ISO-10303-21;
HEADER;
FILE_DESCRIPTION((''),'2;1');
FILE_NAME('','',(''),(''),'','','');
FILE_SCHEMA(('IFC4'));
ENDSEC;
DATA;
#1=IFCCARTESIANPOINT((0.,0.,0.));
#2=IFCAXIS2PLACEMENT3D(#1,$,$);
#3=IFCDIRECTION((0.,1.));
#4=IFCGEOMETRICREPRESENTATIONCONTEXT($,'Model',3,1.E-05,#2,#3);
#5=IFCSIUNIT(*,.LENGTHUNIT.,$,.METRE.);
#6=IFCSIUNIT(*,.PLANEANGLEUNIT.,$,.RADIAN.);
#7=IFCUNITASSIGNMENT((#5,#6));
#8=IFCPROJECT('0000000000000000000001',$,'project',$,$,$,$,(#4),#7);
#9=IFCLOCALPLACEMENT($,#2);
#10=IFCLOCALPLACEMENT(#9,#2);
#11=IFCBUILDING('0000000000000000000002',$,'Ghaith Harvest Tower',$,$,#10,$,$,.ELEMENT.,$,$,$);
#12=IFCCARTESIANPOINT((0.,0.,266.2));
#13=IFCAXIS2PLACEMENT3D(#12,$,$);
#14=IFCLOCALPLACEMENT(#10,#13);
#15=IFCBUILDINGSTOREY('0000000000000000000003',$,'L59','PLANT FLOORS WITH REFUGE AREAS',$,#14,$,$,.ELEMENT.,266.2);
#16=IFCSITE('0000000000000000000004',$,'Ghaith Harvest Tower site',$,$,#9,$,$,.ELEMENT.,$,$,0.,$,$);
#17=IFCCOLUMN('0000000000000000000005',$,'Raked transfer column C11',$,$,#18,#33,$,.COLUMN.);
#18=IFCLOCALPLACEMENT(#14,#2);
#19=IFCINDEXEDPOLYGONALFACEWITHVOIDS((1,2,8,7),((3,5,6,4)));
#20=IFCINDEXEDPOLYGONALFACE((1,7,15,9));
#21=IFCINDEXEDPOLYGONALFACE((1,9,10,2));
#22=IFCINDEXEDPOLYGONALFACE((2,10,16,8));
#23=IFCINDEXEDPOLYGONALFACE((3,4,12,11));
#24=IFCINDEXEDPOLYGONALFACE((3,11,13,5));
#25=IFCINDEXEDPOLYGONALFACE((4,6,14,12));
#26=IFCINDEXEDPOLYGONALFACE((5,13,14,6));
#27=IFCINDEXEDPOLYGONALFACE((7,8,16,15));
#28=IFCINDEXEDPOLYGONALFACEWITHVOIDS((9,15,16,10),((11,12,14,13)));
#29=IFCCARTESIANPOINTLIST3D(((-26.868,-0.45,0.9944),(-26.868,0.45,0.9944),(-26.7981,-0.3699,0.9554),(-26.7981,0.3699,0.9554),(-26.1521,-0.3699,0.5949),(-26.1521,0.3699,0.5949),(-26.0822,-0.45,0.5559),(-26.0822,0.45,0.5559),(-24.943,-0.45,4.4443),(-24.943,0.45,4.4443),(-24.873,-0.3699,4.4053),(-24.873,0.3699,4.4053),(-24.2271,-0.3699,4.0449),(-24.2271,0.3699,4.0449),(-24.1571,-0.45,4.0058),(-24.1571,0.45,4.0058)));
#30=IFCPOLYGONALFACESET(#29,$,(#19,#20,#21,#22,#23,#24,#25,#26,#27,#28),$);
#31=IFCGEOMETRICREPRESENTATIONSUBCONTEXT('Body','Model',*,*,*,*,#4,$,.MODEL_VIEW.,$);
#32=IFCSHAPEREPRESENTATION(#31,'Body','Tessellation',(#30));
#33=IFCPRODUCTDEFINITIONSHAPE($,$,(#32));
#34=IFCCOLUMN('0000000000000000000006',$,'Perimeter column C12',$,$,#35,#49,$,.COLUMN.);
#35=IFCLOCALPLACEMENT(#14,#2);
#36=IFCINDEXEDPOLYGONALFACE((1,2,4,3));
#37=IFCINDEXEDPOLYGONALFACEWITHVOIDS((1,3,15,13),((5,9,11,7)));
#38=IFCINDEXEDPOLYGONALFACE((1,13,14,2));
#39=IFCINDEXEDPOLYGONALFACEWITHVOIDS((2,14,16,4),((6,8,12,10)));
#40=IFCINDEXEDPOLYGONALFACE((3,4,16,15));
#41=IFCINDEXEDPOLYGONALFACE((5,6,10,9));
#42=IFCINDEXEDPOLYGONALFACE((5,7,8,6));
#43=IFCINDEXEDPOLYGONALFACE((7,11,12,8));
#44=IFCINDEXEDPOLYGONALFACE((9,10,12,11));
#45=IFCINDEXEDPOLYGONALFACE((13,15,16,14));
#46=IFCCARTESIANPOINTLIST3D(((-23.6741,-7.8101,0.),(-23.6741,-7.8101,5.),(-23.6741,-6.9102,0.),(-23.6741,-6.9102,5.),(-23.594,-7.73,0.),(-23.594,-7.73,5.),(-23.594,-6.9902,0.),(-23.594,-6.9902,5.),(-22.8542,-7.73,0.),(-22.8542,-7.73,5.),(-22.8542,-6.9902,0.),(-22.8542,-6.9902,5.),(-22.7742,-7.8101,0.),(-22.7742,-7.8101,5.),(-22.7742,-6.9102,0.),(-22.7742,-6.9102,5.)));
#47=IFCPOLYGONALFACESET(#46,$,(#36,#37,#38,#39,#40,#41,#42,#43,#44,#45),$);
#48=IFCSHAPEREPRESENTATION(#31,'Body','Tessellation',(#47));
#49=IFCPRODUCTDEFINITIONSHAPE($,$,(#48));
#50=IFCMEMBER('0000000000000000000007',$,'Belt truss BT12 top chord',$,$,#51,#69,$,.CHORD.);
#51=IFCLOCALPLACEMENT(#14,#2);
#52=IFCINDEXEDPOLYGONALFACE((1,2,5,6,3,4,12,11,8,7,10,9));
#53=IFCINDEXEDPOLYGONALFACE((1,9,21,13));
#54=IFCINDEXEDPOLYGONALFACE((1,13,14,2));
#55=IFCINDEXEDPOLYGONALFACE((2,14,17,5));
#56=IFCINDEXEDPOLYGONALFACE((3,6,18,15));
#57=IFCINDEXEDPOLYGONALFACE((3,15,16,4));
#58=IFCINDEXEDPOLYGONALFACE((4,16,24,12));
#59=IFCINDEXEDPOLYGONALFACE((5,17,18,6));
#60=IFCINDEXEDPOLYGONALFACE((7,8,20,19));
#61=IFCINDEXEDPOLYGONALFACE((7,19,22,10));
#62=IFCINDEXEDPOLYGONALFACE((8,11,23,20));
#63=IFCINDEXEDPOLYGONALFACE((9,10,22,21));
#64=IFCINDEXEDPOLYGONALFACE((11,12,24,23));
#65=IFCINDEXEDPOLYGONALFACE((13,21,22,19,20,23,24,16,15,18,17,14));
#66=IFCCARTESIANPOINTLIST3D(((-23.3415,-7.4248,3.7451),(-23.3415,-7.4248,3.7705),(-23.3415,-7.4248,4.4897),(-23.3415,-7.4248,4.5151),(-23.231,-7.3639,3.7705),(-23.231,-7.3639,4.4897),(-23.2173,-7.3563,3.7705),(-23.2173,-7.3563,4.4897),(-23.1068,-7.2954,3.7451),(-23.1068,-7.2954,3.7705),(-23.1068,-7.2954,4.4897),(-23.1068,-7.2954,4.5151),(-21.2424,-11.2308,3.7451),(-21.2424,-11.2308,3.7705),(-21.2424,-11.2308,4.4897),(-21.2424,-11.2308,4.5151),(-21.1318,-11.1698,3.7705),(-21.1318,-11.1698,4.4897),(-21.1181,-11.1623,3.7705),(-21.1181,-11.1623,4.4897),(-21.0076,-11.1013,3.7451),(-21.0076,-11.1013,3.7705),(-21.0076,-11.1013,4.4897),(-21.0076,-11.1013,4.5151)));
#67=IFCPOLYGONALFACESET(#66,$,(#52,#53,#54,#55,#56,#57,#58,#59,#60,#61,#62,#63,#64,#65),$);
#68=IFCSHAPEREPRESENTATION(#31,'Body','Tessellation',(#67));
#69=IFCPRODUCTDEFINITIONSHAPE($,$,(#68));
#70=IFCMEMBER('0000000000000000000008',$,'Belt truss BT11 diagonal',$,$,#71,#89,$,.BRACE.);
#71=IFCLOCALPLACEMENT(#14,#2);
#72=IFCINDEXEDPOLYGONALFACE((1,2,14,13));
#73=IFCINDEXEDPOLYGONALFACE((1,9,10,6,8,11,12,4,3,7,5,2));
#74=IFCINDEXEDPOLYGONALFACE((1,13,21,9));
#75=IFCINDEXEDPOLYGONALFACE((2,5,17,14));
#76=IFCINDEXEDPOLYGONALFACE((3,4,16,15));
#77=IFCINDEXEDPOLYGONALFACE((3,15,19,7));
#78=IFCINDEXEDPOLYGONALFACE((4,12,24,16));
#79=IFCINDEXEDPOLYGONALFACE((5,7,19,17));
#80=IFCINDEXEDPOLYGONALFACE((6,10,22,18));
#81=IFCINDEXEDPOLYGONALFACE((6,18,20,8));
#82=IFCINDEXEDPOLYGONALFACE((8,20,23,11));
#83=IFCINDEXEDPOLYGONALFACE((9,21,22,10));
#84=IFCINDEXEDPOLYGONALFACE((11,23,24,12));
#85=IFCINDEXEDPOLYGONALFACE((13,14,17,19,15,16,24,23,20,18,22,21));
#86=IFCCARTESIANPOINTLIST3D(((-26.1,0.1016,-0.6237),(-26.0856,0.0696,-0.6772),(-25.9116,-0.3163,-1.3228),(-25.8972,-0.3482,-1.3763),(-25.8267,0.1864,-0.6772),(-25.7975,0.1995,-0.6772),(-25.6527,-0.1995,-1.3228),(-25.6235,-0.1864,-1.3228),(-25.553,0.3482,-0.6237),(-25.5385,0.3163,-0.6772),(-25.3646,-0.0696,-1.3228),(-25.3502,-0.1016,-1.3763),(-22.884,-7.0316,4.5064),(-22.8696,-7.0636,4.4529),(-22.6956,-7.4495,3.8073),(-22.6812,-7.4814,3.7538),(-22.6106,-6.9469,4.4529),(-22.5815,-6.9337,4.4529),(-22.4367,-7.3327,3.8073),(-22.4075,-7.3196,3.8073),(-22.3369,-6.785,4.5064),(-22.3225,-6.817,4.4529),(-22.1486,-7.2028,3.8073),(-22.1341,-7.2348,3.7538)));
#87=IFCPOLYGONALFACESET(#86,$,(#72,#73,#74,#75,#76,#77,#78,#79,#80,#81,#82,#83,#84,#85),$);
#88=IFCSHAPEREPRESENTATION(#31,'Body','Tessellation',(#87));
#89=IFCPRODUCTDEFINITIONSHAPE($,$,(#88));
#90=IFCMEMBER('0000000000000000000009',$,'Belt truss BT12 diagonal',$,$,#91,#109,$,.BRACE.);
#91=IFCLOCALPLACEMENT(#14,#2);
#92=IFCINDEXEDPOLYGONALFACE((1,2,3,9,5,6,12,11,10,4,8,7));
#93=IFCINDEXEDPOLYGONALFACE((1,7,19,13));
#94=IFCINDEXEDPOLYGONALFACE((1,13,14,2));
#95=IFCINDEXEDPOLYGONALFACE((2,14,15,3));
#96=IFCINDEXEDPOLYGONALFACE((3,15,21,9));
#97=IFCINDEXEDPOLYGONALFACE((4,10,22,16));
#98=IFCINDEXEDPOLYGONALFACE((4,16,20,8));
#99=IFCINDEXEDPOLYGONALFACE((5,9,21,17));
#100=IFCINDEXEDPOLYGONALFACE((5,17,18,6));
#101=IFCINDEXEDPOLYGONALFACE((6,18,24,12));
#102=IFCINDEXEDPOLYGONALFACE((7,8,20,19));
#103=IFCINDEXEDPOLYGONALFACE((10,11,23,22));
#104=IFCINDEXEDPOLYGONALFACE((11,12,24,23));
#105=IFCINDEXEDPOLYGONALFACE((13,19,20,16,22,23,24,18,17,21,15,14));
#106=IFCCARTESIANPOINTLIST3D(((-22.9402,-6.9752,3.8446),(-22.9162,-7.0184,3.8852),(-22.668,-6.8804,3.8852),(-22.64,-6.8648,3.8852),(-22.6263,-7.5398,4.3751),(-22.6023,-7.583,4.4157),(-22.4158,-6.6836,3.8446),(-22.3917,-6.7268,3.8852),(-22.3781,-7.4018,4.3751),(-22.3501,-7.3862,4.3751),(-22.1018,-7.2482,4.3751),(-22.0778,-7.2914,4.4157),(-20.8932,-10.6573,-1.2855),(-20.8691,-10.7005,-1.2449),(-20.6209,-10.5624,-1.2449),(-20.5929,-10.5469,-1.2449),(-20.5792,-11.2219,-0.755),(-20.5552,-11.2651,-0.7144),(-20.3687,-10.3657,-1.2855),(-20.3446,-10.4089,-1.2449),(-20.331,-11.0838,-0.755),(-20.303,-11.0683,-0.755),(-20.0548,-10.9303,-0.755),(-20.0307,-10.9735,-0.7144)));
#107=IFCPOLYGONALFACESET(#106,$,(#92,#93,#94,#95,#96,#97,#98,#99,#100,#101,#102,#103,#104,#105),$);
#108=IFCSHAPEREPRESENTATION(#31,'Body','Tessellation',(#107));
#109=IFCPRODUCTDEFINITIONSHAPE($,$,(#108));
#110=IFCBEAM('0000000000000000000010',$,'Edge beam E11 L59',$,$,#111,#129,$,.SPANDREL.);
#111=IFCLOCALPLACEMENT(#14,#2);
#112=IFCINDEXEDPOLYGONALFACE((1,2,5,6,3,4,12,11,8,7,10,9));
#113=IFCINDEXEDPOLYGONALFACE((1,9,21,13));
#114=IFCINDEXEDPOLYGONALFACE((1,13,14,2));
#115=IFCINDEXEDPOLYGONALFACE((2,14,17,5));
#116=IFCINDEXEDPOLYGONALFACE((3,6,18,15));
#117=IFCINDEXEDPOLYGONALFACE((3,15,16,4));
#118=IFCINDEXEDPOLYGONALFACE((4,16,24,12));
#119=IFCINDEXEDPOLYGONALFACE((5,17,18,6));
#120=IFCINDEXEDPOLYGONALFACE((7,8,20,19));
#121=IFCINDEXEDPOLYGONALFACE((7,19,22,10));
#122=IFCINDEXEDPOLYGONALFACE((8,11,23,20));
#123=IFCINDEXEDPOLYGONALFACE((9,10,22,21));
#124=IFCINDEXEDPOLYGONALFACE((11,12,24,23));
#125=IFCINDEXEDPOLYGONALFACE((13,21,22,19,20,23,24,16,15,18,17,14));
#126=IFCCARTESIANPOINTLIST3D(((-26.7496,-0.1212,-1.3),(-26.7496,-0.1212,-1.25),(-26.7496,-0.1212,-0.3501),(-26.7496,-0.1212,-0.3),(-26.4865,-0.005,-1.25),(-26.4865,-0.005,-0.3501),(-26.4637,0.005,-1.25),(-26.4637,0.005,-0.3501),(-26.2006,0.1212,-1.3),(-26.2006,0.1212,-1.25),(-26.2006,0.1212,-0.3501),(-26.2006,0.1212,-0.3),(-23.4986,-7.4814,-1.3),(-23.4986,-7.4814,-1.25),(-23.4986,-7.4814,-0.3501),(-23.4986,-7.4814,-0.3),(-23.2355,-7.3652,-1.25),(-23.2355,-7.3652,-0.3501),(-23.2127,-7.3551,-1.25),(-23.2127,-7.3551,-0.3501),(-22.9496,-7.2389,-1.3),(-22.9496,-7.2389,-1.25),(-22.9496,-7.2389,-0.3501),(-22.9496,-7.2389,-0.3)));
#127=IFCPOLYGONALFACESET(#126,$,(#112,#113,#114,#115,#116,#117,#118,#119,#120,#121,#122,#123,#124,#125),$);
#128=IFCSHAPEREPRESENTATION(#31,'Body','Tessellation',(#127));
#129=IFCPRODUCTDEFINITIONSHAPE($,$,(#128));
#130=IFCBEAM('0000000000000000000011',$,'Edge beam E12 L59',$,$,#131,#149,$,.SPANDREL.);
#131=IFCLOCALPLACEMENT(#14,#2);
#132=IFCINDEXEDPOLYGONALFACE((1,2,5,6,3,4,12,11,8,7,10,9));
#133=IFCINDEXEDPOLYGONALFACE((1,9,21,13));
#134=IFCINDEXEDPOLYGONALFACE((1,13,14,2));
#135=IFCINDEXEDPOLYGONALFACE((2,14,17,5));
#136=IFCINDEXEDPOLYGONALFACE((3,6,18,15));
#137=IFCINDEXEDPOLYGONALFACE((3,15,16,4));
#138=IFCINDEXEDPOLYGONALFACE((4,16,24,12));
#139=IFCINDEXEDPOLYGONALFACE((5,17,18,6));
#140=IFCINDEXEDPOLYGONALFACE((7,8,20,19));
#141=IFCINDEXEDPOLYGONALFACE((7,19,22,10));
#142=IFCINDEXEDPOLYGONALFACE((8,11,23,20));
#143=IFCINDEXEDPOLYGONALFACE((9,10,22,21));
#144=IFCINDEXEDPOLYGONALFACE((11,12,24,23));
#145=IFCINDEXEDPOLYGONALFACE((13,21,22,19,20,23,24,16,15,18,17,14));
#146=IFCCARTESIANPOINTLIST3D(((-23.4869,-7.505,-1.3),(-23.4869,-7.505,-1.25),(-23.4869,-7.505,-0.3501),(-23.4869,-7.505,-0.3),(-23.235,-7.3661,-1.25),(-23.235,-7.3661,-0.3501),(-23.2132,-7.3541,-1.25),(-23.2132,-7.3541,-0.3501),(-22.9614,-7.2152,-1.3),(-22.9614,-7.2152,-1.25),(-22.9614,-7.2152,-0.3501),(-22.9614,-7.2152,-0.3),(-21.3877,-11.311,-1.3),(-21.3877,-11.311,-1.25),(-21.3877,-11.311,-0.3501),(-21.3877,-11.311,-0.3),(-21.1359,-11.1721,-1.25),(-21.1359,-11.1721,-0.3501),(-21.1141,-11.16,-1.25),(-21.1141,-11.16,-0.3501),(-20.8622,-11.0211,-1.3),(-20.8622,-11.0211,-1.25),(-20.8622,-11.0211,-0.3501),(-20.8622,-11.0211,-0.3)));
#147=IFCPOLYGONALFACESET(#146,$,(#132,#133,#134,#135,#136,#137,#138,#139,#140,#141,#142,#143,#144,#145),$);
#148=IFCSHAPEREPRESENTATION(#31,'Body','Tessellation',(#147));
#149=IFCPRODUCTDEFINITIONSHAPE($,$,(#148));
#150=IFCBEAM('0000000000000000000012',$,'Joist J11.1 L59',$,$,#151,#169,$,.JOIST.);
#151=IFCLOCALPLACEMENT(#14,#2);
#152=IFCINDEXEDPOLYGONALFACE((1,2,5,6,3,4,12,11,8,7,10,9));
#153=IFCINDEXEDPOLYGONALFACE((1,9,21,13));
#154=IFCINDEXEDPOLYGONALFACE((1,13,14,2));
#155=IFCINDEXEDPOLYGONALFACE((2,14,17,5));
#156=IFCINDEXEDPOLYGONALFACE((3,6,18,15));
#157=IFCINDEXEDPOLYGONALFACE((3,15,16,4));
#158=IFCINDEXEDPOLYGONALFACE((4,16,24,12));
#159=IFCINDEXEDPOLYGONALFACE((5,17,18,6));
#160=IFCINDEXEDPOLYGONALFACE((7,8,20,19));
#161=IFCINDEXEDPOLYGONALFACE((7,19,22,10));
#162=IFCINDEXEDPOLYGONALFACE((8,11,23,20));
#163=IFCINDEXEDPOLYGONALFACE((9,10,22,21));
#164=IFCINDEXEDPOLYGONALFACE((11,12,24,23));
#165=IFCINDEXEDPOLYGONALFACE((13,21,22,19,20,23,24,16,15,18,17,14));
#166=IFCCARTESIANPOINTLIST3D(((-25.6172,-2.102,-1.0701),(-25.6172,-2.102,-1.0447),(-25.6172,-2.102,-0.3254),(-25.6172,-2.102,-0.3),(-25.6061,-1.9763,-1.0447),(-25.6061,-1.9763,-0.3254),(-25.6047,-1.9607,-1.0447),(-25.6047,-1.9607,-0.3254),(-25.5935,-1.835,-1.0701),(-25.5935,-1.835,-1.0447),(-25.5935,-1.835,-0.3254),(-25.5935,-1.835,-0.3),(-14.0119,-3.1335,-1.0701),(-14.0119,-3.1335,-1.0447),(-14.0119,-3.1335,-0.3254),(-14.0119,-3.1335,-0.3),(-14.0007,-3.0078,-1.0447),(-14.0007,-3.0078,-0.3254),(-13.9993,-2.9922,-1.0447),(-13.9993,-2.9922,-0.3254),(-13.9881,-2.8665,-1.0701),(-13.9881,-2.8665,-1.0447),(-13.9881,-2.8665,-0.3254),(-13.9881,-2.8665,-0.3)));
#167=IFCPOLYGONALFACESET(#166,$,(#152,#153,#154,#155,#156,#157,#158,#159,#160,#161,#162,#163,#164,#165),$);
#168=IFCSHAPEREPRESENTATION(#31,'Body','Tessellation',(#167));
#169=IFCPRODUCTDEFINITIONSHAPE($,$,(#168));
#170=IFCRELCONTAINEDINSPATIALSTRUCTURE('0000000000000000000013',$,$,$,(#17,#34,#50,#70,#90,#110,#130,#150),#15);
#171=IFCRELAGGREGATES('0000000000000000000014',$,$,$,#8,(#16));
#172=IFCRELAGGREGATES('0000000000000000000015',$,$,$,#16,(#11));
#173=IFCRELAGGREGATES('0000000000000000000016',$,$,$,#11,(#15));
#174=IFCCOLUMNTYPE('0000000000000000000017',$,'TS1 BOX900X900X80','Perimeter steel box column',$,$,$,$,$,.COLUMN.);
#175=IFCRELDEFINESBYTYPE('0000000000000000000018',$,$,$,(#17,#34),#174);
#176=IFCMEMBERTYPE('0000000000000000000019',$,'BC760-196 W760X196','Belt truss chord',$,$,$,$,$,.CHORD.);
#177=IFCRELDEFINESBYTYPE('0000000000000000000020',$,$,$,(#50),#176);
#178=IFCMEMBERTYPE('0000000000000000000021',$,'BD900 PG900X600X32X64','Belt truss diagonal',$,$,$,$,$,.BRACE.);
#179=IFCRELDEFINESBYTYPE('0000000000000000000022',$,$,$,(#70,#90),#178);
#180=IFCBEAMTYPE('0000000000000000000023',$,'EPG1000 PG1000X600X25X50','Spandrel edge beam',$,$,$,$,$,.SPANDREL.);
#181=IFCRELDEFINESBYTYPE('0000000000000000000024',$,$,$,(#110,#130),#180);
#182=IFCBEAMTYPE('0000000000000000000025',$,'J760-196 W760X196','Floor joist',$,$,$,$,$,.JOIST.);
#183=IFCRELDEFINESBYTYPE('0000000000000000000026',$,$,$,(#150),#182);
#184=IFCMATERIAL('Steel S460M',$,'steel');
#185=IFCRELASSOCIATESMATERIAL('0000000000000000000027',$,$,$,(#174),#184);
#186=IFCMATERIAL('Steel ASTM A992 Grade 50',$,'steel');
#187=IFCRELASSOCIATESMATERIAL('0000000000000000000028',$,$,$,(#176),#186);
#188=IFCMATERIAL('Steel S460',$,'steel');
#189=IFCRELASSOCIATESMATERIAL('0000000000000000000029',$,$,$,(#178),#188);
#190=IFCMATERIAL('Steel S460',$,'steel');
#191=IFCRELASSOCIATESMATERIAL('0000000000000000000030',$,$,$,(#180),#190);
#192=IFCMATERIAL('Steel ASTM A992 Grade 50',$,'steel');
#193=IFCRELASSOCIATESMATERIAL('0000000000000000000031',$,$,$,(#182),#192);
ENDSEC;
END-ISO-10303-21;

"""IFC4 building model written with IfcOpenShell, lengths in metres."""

from ifc_helpers import new_model, si_unit, direction, frame, origin, origin_2d, place, context, subcontext, project, spatial, hollow_rectangle, i_section, extrude, material, material_profile, profile_set, type_object, element, save


model = new_model("IFC4")

# Units and contexts
model_context = context("Model", 3, precision=1e-05, world=origin(), true_north=direction((0.0, 1.0)))
body_context = subcontext(model_context, "Body", "Model", "MODEL_VIEW")
ifc_project = project(units=[si_unit("LENGTHUNIT", "METRE"), si_unit("PLANEANGLEUNIT", "RADIAN")], contexts=[model_context])

# Site, building, storey
site_placement = place(None, origin())
site = spatial("IfcSite", under=ifc_project, at=site_placement, Name="Ghaith Harvest Tower site", CompositionType="ELEMENT", RefElevation=0.0)
building_placement = place(site_placement, origin())
building = spatial("IfcBuilding", under=site, at=building_placement, Name="Ghaith Harvest Tower", CompositionType="ELEMENT")
storey_placement = place(building_placement, frame((0.0, 0.0, 266.2)))
storey = spatial("IfcBuildingStorey", under=building, at=storey_placement, Name="L59", Description="PLANT FLOORS WITH REFUGE AREAS", CompositionType="ELEMENT", Elevation=266.2)

# Columns
ifc_material_1 = material(Name="Steel S460M", Category="steel")
ifc_material_profile_1 = material_profile(ifc_material_1, hollow_rectangle(XDim=0.8999, YDim=0.8999, WallThickness=0.0801, at=origin_2d()), Name="BOX900X900X80")
ifc_profile_set_1 = profile_set([ifc_material_profile_1], Name="Steel S460M")
column_type = type_object("IfcColumnType", Name="TS1 BOX900X900X80", Description="Perimeter steel box column", PredefinedType="COLUMN", material=ifc_profile_set_1)
column_1_placement = place(storey_placement, frame((-26.4751, 0.0, 0.7751), z_axis=(0.487269, 0.0, 0.873252), x_axis=(0.0, 1.0, 0.0)))
element("IfcColumn", 1, at=column_1_placement, inside=storey, type_object=column_type, Name="Raked transfer column C11", PredefinedType="COLUMN", context=body_context, shape_type="SweptSolid", body=[
    extrude(hollow_rectangle(XDim=0.8999, YDim=0.8999, WallThickness=0.0801, at=origin_2d()), origin(), (0.0, 0.0, 1.0), 3.9507),
])
column_2_placement = place(storey_placement, frame((-23.2241, -7.3601, 0.0), z_axis=(0.0, 0.0, 1.0), x_axis=(1.0, 0.0, 0.0)))
element("IfcColumn", 2, at=column_2_placement, inside=storey, type_object=column_type, Name="Perimeter column C12", PredefinedType="COLUMN", context=body_context, shape_type="SweptSolid", body=[
    extrude(hollow_rectangle(XDim=0.8999, YDim=0.8999, WallThickness=0.0801, at=origin_2d()), origin(), (0.0, 0.0, 1.0), 5.0),
])

# Members
ifc_material_2 = material(Name="Steel ASTM A992 Grade 50", Category="steel")
ifc_material_profile_2 = material_profile(ifc_material_2, i_section(OverallWidth=0.2681, OverallDepth=0.77, WebThickness=0.0156, FlangeThickness=0.0254, at=origin_2d()), Name="W760X196")
ifc_profile_set_2 = profile_set([ifc_material_profile_2], Name="Steel ASTM A992 Grade 50")
member_type_1 = type_object("IfcMemberType", Name="BC760-196 W760X196", Description="Belt truss chord", PredefinedType="CHORD", material=ifc_profile_set_2)
member_1_placement = place(storey_placement, frame((-23.2241, -7.3601, 4.1301), z_axis=(0.482956, -0.875645, 0.0), x_axis=(0.875645, 0.482956, 0.0)))
element("IfcMember", 3, at=member_1_placement, inside=storey, type_object=member_type_1, Name="Belt truss BT12 top chord", PredefinedType="CHORD", context=body_context, shape_type="SweptSolid", body=[
    extrude(i_section(OverallWidth=0.2681, OverallDepth=0.77, WebThickness=0.0156, FlangeThickness=0.0254, at=origin_2d()), origin(), (0.0, 0.0, 1.0), 4.3464),
])
ifc_material_3 = material(Name="Steel S460", Category="steel")
ifc_material_profile_3 = material_profile(ifc_material_3, i_section(OverallWidth=0.6001, OverallDepth=0.8999, WebThickness=0.032, FlangeThickness=0.064, at=origin_2d()), Name="PG900X600X32X64")
ifc_profile_set_3 = profile_set([ifc_material_profile_3], Name="Steel S460")
member_type_2 = type_object("IfcMemberType", Name="BD900 PG900X600X32X64", Description="Belt truss diagonal", PredefinedType="BRACE", material=ifc_profile_set_3)
member_2_placement = place(storey_placement, frame((-25.7251, 0.0, -1.0), z_axis=(0.343723, -0.762385, 0.548292), x_axis=(0.911631, 0.411011, 0.0)))
element("IfcMember", 4, at=member_2_placement, inside=storey, type_object=member_type_2, Name="Belt truss BT11 diagonal", PredefinedType="BRACE", context=body_context, shape_type="SweptSolid", body=[
    extrude(i_section(OverallWidth=0.6001, OverallDepth=0.8999, WebThickness=0.032, FlangeThickness=0.064, at=origin_2d()), origin(), (0.0, 0.0, 1.0), 9.3564),
])
member_3_placement = place(storey_placement, frame((-22.509, -7.1333, 4.1301), z_axis=(0.30838, -0.55468, -0.772808), x_axis=(0.874007, 0.485914, 0.0)))
element("IfcMember", 5, at=member_3_placement, inside=storey, type_object=member_type_2, Name="Belt truss BT12 diagonal", PredefinedType="BRACE", context=body_context, shape_type="SweptSolid", body=[
    extrude(i_section(OverallWidth=0.6001, OverallDepth=0.8999, WebThickness=0.032, FlangeThickness=0.064, at=origin_2d()), origin(), (0.0, 0.0, 1.0), 6.6382),
])

# Beams
ifc_material_4 = material(Name="Steel S460", Category="steel")
ifc_material_profile_4 = material_profile(ifc_material_4, i_section(OverallWidth=0.6001, OverallDepth=1.0, WebThickness=0.0249, FlangeThickness=0.05, at=origin_2d()), Name="PG1000X600X25X50")
ifc_profile_set_4 = profile_set([ifc_material_profile_4], Name="Steel S460")
beam_type_1 = type_object("IfcBeamType", Name="EPG1000 PG1000X600X25X50", Description="Spandrel edge beam", PredefinedType="SPANDREL", material=ifc_profile_set_4)
beam_1_placement = place(storey_placement, frame((-26.4751, 0.0, -0.8), z_axis=(0.404043, -0.91474, 0.0), x_axis=(0.91474, 0.404043, 0.0)))
element("IfcBeam", 6, at=beam_1_placement, inside=storey, type_object=beam_type_1, Name="Edge beam E11 L59", PredefinedType="SPANDREL", context=body_context, shape_type="SweptSolid", body=[
    extrude(i_section(OverallWidth=0.6001, OverallDepth=1.0, WebThickness=0.0249, FlangeThickness=0.05, at=origin_2d()), origin(), (0.0, 0.0, 1.0), 8.0461),
])
beam_2_placement = place(storey_placement, frame((-23.2241, -7.3601, -0.8), z_axis=(0.482956, -0.875645, 0.0), x_axis=(0.875645, 0.482956, 0.0)))
element("IfcBeam", 7, at=beam_2_placement, inside=storey, type_object=beam_type_1, Name="Edge beam E12 L59", PredefinedType="SPANDREL", context=body_context, shape_type="SweptSolid", body=[
    extrude(i_section(OverallWidth=0.6001, OverallDepth=1.0, WebThickness=0.0249, FlangeThickness=0.05, at=origin_2d()), origin(), (0.0, 0.0, 1.0), 4.3464),
])
ifc_material_5 = material(Name="Steel ASTM A992 Grade 50", Category="steel")
ifc_material_profile_5 = material_profile(ifc_material_5, i_section(OverallWidth=0.2681, OverallDepth=0.77, WebThickness=0.0156, FlangeThickness=0.0254, at=origin_2d()), Name="W760X196")
ifc_profile_set_5 = profile_set([ifc_material_profile_5], Name="Steel ASTM A992 Grade 50")
beam_type_2 = type_object("IfcBeamType", Name="J760-196 W760X196", Description="Floor joist", PredefinedType="JOIST", material=ifc_profile_set_5)
beam_3_placement = place(storey_placement, frame((-14.0, -3.0, -0.6851), z_axis=(-0.996073, 0.088531, 0.0), x_axis=(-0.088531, -0.996073, 0.0)))
element("IfcBeam", 8, at=beam_3_placement, inside=storey, type_object=beam_type_2, Name="Joist J11.1 L59", PredefinedType="JOIST", context=body_context, shape_type="SweptSolid", body=[
    extrude(i_section(OverallWidth=0.2681, OverallDepth=0.77, WebThickness=0.0156, FlangeThickness=0.0254, at=origin_2d()), origin(), (0.0, 0.0, 1.0), 11.6511),
])

save(model, "model.ifc")
